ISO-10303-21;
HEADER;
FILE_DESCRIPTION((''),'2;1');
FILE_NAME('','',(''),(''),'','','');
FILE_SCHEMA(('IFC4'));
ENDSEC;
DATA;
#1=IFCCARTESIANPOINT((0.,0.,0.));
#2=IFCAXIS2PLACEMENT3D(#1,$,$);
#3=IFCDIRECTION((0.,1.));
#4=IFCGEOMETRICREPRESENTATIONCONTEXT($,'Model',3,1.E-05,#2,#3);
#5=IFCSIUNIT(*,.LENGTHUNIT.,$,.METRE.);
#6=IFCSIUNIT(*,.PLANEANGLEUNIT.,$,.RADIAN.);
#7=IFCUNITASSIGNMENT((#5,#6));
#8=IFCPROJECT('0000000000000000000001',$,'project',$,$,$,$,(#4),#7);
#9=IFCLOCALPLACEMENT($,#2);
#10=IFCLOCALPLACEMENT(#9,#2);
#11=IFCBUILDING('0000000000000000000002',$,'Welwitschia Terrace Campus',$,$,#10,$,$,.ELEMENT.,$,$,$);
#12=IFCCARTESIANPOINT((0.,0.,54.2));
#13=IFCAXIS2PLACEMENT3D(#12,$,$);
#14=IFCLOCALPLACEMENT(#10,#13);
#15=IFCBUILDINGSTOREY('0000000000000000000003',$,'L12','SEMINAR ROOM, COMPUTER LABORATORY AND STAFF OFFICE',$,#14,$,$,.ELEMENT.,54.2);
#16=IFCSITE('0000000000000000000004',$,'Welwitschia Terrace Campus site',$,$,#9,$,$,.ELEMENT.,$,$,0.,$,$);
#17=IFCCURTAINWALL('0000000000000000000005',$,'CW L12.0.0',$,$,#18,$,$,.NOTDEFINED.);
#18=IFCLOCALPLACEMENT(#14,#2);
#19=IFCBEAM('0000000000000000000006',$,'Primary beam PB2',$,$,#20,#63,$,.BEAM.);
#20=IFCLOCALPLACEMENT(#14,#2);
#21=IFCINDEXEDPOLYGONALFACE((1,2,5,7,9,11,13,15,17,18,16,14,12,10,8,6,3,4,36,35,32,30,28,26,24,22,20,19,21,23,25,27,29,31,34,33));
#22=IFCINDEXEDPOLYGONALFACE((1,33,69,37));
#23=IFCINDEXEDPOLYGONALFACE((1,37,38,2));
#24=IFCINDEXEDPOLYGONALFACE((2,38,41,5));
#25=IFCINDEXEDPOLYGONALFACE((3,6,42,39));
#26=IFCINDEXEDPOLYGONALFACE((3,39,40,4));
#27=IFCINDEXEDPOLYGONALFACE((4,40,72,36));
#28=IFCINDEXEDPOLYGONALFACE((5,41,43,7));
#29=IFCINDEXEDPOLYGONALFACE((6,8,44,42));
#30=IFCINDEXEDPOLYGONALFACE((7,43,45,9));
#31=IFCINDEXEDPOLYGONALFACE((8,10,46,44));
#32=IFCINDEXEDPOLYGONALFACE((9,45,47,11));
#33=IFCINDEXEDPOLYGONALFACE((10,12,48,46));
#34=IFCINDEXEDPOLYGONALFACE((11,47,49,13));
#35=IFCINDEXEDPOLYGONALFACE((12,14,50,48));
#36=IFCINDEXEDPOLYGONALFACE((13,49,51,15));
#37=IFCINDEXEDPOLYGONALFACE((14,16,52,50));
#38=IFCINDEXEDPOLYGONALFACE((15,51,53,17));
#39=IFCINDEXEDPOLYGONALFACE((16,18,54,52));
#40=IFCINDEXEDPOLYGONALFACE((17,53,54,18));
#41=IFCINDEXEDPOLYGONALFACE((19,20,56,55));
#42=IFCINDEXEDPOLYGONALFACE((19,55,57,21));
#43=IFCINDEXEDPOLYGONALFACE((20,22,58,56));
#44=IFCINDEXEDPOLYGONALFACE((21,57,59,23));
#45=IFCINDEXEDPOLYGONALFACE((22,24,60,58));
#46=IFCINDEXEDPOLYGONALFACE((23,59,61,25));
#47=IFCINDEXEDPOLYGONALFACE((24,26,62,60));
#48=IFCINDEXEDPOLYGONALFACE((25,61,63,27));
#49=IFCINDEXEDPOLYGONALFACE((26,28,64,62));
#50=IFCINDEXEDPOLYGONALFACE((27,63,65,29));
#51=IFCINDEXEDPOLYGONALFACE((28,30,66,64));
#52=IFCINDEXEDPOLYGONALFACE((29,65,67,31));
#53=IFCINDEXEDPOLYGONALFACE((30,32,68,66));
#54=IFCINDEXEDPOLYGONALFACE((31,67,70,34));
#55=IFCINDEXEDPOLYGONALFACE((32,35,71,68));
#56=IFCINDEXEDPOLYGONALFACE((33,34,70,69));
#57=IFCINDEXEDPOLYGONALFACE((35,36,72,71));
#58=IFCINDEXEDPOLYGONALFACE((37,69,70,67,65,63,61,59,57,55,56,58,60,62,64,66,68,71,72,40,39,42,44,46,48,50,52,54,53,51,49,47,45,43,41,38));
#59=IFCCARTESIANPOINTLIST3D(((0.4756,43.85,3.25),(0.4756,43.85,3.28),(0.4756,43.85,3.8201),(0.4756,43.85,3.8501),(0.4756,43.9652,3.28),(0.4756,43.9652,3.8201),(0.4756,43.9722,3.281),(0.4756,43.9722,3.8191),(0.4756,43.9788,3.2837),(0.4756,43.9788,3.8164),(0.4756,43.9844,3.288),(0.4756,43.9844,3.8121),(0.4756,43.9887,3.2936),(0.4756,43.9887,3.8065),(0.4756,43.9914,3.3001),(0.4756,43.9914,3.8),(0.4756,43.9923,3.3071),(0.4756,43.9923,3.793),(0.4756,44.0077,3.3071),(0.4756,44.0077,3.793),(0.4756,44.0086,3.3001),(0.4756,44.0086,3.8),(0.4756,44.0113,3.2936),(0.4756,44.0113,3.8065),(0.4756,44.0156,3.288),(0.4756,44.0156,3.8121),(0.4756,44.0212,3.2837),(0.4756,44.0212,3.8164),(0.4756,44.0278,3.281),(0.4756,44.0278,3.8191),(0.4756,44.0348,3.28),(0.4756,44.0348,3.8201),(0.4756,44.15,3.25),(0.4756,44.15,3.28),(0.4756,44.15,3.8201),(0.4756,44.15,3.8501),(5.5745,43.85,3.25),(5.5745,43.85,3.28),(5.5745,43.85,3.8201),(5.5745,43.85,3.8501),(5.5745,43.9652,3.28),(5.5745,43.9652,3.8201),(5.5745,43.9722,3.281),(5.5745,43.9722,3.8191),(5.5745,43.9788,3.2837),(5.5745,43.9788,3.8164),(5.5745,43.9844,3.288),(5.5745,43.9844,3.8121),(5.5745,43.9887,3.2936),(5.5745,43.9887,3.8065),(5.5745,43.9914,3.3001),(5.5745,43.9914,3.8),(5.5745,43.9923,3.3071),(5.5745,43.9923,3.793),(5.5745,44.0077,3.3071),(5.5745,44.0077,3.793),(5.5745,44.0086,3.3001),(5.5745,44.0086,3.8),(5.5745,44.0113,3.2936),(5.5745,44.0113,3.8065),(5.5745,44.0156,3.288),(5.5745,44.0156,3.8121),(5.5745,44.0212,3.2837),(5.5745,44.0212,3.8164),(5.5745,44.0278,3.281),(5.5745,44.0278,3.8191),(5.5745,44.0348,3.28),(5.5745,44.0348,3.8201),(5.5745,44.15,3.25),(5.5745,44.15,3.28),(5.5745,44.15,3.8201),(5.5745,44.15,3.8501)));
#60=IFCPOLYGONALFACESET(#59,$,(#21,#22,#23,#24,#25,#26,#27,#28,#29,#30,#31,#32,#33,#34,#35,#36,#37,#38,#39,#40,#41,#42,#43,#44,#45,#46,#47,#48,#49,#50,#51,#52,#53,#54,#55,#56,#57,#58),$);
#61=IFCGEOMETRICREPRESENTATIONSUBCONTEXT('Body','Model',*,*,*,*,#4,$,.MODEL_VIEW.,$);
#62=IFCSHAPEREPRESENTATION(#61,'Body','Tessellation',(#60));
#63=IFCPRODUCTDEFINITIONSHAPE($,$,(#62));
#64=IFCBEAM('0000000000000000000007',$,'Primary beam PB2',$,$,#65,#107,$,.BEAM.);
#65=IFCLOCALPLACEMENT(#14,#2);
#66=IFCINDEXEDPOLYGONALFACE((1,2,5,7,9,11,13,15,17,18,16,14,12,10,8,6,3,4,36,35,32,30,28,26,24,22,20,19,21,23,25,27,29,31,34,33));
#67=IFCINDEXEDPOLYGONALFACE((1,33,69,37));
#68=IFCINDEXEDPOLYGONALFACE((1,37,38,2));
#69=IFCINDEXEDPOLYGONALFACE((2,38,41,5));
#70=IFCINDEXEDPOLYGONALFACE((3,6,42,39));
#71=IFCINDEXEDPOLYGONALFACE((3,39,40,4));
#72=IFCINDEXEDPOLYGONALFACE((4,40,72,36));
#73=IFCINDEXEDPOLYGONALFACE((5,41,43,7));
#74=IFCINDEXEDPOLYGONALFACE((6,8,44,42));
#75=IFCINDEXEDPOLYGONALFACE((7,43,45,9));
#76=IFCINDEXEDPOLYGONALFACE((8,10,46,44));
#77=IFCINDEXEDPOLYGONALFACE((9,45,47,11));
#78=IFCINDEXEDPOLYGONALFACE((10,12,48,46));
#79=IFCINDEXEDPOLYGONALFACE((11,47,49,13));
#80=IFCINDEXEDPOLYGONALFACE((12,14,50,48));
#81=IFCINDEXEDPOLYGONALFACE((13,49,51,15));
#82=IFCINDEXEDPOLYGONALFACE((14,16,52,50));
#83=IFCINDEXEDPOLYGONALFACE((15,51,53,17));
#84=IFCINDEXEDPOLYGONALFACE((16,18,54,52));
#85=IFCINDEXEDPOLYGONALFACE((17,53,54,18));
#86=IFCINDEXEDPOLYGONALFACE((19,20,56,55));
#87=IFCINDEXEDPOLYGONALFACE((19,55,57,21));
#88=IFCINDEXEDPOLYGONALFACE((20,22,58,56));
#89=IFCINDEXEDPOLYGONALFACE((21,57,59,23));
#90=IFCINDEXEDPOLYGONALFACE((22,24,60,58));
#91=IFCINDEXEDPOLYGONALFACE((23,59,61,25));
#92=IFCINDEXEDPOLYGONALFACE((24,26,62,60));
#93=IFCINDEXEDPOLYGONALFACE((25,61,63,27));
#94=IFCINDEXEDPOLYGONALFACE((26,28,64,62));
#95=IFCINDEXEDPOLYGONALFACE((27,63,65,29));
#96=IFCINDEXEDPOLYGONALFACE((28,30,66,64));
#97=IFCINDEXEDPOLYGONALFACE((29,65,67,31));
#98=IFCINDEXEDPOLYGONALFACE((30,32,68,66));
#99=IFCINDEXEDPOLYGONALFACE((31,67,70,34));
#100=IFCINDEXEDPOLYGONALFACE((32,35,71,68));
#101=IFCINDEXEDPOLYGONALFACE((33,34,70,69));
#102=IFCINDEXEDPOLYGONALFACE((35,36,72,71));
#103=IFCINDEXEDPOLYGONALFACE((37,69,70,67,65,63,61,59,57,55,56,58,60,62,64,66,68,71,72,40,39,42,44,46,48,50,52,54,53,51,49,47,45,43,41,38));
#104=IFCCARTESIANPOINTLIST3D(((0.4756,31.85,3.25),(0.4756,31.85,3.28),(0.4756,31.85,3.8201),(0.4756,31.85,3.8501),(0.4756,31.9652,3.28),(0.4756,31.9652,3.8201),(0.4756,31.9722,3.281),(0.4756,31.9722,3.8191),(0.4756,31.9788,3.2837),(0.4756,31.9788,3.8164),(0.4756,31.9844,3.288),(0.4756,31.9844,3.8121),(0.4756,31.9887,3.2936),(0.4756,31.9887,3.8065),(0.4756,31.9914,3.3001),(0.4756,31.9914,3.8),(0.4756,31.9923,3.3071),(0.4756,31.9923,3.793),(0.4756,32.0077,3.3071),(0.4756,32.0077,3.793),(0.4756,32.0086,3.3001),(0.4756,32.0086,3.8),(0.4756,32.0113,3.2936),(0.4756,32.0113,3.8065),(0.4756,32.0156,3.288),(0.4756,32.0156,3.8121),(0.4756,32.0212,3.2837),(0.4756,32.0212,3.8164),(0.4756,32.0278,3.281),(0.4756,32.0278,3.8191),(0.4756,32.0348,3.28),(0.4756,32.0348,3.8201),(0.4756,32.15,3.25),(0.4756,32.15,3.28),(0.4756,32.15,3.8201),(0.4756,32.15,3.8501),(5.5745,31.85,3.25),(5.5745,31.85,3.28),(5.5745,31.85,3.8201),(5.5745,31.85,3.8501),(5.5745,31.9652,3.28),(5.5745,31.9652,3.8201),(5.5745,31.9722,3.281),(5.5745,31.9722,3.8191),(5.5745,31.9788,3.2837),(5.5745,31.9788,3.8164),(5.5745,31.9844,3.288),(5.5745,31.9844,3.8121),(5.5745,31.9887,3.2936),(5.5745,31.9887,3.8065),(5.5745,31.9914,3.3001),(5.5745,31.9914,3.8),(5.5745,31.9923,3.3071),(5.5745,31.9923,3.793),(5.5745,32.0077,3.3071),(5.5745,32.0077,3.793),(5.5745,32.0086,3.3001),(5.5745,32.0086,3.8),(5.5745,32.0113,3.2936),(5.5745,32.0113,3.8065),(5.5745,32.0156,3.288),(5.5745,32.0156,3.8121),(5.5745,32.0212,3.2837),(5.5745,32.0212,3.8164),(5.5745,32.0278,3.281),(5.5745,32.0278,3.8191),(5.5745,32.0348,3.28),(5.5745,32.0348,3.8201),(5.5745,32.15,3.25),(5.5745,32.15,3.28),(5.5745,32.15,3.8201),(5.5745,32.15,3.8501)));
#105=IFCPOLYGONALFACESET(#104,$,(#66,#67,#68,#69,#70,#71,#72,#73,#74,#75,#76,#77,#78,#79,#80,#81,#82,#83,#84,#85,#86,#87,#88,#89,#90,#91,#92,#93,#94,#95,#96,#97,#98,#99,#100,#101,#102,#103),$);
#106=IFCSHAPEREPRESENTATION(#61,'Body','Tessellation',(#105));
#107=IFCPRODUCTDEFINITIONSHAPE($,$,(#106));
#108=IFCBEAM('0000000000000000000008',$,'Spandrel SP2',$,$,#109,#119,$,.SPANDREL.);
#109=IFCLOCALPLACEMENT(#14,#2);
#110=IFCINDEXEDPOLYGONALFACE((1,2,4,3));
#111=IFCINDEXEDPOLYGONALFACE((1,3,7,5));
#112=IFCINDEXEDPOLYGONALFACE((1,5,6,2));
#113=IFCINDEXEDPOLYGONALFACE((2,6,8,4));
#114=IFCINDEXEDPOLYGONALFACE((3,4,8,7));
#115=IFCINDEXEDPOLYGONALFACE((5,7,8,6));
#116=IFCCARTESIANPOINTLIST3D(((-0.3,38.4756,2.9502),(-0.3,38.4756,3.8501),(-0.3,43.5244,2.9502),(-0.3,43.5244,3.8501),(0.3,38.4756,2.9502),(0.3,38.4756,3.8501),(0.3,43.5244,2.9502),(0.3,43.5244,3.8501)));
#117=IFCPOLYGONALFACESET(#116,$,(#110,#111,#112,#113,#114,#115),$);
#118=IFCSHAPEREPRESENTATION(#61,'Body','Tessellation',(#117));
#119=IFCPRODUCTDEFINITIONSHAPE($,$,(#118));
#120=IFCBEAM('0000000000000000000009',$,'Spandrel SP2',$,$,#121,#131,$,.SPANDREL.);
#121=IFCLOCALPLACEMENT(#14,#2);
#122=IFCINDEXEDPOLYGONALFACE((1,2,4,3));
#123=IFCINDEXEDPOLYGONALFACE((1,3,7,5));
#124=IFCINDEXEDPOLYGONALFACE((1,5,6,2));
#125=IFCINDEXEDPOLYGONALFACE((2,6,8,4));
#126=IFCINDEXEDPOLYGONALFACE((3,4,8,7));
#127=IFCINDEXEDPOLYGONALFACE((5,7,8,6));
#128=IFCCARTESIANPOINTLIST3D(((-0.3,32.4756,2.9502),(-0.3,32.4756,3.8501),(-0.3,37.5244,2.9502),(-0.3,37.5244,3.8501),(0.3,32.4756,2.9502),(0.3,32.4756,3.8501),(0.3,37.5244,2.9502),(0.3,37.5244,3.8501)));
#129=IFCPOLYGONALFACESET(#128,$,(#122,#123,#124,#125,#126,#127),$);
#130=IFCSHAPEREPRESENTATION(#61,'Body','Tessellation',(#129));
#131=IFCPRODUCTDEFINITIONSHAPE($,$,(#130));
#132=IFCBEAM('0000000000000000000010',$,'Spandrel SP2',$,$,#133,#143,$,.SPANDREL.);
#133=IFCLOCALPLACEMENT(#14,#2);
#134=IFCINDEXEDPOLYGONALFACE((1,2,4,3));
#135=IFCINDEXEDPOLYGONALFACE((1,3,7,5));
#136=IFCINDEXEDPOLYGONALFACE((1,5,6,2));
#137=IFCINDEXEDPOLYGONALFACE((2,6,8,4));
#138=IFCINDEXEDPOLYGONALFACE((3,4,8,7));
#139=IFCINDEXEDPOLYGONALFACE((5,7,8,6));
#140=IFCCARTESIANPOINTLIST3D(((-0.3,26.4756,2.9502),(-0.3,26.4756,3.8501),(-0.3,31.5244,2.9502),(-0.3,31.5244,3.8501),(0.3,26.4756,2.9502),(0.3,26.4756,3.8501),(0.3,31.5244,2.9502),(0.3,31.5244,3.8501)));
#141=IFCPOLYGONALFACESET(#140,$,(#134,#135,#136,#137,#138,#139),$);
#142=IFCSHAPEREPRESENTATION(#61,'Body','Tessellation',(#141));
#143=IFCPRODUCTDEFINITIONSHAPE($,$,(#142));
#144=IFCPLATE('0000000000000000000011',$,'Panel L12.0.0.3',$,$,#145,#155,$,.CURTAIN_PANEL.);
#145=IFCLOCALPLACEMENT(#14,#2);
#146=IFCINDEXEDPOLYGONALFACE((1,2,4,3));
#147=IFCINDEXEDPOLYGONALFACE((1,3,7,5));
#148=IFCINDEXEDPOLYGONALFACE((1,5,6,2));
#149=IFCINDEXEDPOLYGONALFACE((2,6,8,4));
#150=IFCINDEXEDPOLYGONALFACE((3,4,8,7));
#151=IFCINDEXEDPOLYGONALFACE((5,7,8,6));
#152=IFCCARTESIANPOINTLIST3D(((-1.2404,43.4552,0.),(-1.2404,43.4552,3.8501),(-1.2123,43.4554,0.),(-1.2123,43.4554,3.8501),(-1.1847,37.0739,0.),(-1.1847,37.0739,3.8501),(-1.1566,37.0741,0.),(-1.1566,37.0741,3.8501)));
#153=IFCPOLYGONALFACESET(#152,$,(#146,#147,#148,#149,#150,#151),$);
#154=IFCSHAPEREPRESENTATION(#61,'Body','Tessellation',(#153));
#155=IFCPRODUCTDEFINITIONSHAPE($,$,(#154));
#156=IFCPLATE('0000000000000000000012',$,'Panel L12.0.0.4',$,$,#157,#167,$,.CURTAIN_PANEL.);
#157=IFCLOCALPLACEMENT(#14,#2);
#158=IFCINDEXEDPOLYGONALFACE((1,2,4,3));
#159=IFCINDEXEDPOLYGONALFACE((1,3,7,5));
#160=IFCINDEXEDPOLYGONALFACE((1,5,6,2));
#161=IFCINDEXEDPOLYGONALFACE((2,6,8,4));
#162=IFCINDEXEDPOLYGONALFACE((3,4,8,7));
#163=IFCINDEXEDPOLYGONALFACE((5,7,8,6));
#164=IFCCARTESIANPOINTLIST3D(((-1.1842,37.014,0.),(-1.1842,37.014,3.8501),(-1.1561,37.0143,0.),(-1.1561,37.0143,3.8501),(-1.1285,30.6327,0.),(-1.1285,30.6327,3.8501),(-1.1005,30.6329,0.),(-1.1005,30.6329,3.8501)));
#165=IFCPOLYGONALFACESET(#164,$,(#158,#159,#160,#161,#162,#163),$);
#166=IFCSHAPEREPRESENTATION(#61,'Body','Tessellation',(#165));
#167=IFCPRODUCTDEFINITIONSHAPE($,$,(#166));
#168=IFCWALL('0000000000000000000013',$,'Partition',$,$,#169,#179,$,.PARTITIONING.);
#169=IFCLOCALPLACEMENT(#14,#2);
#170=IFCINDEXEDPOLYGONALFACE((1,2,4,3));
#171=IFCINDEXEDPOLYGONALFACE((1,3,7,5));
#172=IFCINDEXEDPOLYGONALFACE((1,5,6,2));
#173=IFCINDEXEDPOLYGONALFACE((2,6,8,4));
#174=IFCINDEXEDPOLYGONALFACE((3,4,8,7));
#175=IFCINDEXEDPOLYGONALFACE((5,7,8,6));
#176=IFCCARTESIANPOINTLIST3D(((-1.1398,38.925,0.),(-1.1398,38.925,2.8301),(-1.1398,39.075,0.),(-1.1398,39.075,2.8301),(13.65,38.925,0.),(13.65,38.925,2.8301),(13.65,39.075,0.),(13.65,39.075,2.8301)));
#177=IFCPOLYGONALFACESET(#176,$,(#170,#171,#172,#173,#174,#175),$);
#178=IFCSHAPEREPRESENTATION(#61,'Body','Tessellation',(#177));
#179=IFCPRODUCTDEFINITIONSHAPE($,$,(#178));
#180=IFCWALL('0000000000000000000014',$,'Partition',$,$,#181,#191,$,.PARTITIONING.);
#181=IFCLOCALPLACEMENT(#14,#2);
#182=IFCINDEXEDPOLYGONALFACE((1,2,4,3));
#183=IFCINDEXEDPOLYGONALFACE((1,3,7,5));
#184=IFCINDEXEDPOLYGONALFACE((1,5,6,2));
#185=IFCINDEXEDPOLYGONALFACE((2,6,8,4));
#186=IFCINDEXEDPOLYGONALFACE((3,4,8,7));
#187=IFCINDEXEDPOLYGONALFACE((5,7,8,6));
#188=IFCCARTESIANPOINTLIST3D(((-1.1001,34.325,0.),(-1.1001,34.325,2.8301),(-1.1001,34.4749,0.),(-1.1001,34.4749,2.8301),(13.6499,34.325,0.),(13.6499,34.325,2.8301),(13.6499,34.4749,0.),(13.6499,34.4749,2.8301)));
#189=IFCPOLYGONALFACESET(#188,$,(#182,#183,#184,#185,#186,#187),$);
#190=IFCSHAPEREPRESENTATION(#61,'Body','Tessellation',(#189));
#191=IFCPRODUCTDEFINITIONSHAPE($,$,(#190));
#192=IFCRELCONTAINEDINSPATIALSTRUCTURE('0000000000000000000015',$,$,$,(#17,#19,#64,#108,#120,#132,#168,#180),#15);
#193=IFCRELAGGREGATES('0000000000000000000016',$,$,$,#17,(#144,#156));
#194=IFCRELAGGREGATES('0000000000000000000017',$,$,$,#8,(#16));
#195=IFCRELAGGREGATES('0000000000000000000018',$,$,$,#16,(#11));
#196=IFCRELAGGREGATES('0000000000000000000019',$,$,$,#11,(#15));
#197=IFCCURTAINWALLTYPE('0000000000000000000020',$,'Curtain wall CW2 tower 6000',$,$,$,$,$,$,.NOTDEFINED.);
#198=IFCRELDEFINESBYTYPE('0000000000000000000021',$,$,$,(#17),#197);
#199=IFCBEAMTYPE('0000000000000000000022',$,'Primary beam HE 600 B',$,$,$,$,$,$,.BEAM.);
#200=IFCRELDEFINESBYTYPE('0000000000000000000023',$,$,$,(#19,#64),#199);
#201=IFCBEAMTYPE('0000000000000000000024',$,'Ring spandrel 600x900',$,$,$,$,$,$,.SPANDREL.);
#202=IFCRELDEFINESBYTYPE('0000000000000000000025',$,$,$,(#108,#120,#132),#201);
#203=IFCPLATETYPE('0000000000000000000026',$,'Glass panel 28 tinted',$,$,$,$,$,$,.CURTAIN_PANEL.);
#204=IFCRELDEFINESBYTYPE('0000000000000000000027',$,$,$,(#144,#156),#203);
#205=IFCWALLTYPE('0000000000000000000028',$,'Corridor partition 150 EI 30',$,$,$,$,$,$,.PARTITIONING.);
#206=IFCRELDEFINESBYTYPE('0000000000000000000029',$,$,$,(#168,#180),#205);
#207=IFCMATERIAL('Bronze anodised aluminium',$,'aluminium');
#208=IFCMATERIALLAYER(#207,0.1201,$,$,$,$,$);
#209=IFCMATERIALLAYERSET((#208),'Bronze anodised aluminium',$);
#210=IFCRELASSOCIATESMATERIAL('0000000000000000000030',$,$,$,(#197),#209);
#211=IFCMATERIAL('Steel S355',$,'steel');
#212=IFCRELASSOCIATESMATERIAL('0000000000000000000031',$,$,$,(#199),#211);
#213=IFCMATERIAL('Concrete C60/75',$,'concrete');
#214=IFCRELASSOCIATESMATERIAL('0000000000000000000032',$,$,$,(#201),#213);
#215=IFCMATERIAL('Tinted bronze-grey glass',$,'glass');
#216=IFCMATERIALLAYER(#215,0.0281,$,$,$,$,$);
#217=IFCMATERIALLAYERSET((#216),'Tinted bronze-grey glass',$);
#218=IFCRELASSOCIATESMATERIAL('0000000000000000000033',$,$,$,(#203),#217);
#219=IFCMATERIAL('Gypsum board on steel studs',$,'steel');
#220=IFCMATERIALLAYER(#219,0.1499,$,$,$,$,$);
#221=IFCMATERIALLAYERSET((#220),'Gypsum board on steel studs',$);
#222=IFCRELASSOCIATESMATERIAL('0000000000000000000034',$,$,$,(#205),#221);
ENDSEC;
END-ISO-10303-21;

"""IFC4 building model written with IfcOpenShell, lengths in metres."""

from ifc_helpers import new_model, si_unit, direction, frame, frame_2d, origin, origin_2d, place, context, subcontext, project, spatial, rectangle, i_section, extrude, material, layer, layer_set, material_profile, profile_set, type_object, element, aggregate, save


model = new_model("IFC4")

# Units and contexts
model_context = context("Model", 3, precision=1e-05, world=origin(), true_north=direction((0.0, 1.0)))
body_context = subcontext(model_context, "Body", "Model", "MODEL_VIEW")
ifc_project = project(units=[si_unit("LENGTHUNIT", "METRE"), si_unit("PLANEANGLEUNIT", "RADIAN")], contexts=[model_context])

# Site, building, storey
site_placement = place(None, origin())
site = spatial("IfcSite", under=ifc_project, at=site_placement, Name="Welwitschia Terrace Campus site", CompositionType="ELEMENT", RefElevation=0.0)
building_placement = place(site_placement, origin())
building = spatial("IfcBuilding", under=site, at=building_placement, Name="Welwitschia Terrace Campus", CompositionType="ELEMENT")
storey_placement = place(building_placement, frame((0.0, 0.0, 54.2)))
storey = spatial("IfcBuildingStorey", under=building, at=storey_placement, Name="L12", Description="SEMINAR ROOM, COMPUTER LABORATORY AND STAFF OFFICE", CompositionType="ELEMENT", Elevation=54.2)

# Curtain wall
ifc_material_1 = material(Name="Bronze anodised aluminium", Category="aluminium")
ifc_layer_1 = layer(ifc_material_1, 0.1201)
ifc_layer_set_1 = layer_set([ifc_layer_1], Name="Bronze anodised aluminium")
curtain_wall_type = type_object("IfcCurtainWallType", Name="Curtain wall CW2 tower 6000", PredefinedType="NOTDEFINED", material=ifc_layer_set_1)
curtain_wall_placement = place(storey_placement, origin())
curtain_wall = element("IfcCurtainWall", 1, at=curtain_wall_placement, inside=storey, type_object=curtain_wall_type, Name="CW L12.0.0", PredefinedType="NOTDEFINED")

# Beams
ifc_material_2 = material(Name="Steel S355", Category="steel")
ifc_material_profile_1 = material_profile(ifc_material_2, i_section(OverallWidth=0.3, OverallDepth=0.6001, WebThickness=0.0154, FlangeThickness=0.03, FilletRadius=0.0271, at=origin_2d()))
ifc_profile_set_1 = profile_set([ifc_material_profile_1], Name="Steel S355")
beam_type_1 = type_object("IfcBeamType", Name="Primary beam HE 600 B", PredefinedType="BEAM", material=ifc_profile_set_1)
for number, where, z_axis, x_axis, name in (
    (2, (0.4756, 44.0, 3.55), (1.0, 0.0, 0.0), (0.0, 1.0, 0.0), "Primary beam PB2"),
    (3, (0.4756, 32.0, 3.55), (1.0, 0.0, 0.0), (0.0, 1.0, 0.0), "Primary beam PB2"),
):
    element("IfcBeam", number, at=place(storey_placement, frame(where, z_axis=z_axis, x_axis=x_axis)), inside=storey, type_object=beam_type_1, Name=name, PredefinedType="BEAM", context=body_context, shape_type="SweptSolid", body=[
        extrude(i_section(OverallWidth=0.3, OverallDepth=0.6001, WebThickness=0.0154, FlangeThickness=0.03, FilletRadius=0.0271, at=origin_2d()), origin(), (0.0, 0.0, 1.0), 5.0989),
    ])
ifc_material_3 = material(Name="Concrete C60/75", Category="concrete")
ifc_material_profile_2 = material_profile(ifc_material_3, rectangle(XDim=0.6001, YDim=0.8999, at=origin_2d()))
ifc_profile_set_2 = profile_set([ifc_material_profile_2], Name="Concrete C60/75")
beam_type_2 = type_object("IfcBeamType", Name="Ring spandrel 600x900", PredefinedType="SPANDREL", material=ifc_profile_set_2)
for number, where, z_axis, x_axis, name in (
    (4, (0.0, 43.5244, 3.4001), (0.0, -1.0, 0.0), (1.0, 0.0, 0.0), "Spandrel SP2"),
    (5, (0.0, 37.5244, 3.4001), (0.0, -1.0, 0.0), (1.0, 0.0, 0.0), "Spandrel SP2"),
    (6, (0.0, 31.5244, 3.4001), (0.0, -1.0, 0.0), (1.0, 0.0, 0.0), "Spandrel SP2"),
):
    element("IfcBeam", number, at=place(storey_placement, frame(where, z_axis=z_axis, x_axis=x_axis)), inside=storey, type_object=beam_type_2, Name=name, PredefinedType="SPANDREL", context=body_context, shape_type="SweptSolid", body=[
        extrude(rectangle(XDim=0.6001, YDim=0.8999, at=origin_2d()), origin(), (0.0, 0.0, 1.0), 5.0488),
    ])

# Plates
ifc_material_4 = material(Name="Tinted bronze-grey glass", Category="glass")
ifc_layer_2 = layer(ifc_material_4, 0.0281)
ifc_layer_set_2 = layer_set([ifc_layer_2], Name="Tinted bronze-grey glass")
plate_type = type_object("IfcPlateType", Name="Glass panel 28 tinted", PredefinedType="CURTAIN_PANEL", material=ifc_layer_set_2)
plate_1_placement = place(storey_placement, frame((-1.1985, 40.2646, 0.0), z_axis=(0.0, 0.0, 1.0), x_axis=(0.008727, -0.999962, 0.0)))
plate_1 = element("IfcPlate", 7, at=plate_1_placement, type_object=plate_type, Name="Panel L12.0.0.3", PredefinedType="CURTAIN_PANEL", context=body_context, shape_type="SweptSolid", body=[
    extrude(rectangle(XDim=6.3816, YDim=0.0281, at=origin_2d()), origin(), (0.0, 0.0, 1.0), 3.8501),
])
plate_2_placement = place(storey_placement, frame((-1.1423, 33.8235, 0.0), z_axis=(0.0, 0.0, 1.0), x_axis=(0.008727, -0.999962, 0.0)))
plate_2 = element("IfcPlate", 8, at=plate_2_placement, type_object=plate_type, Name="Panel L12.0.0.4", PredefinedType="CURTAIN_PANEL", context=body_context, shape_type="SweptSolid", body=[
    extrude(rectangle(XDim=6.3816, YDim=0.0281, at=origin_2d()), origin(), (0.0, 0.0, 1.0), 3.8501),
])
aggregate(curtain_wall, [plate_1, plate_2])

# Walls
ifc_material_5 = material(Name="Gypsum board on steel studs", Category="steel")
ifc_layer_3 = layer(ifc_material_5, 0.1499)
ifc_layer_set_3 = layer_set([ifc_layer_3], Name="Gypsum board on steel studs")
wall_type = type_object("IfcWallType", Name="Corridor partition 150 EI 30", PredefinedType="PARTITIONING", material=ifc_layer_set_3)
wall_1_placement = place(storey_placement, frame((-1.1399, 39.0, 0.0), z_axis=(0.0, 0.0, 1.0), x_axis=(1.0, 0.0, 0.0)))
element("IfcWall", 9, at=wall_1_placement, inside=storey, type_object=wall_type, Name="Partition", PredefinedType="PARTITIONING", context=body_context, shape_type="SweptSolid", body=[
    extrude(rectangle(XDim=14.7898, YDim=0.1499, at=frame_2d((7.395, 0.0))), origin(), (0.0, 0.0, 1.0), 2.8301),
])
wall_2_placement = place(storey_placement, frame((-1.1001, 34.3999, 0.0), z_axis=(0.0, 0.0, 1.0), x_axis=(1.0, 0.0, 0.0)))
element("IfcWall", 10, at=wall_2_placement, inside=storey, type_object=wall_type, Name="Partition", PredefinedType="PARTITIONING", context=body_context, shape_type="SweptSolid", body=[
    extrude(rectangle(XDim=14.75, YDim=0.1499, at=frame_2d((7.375, 0.0))), origin(), (0.0, 0.0, 1.0), 2.8301),
])

save(model, "model.ifc")
